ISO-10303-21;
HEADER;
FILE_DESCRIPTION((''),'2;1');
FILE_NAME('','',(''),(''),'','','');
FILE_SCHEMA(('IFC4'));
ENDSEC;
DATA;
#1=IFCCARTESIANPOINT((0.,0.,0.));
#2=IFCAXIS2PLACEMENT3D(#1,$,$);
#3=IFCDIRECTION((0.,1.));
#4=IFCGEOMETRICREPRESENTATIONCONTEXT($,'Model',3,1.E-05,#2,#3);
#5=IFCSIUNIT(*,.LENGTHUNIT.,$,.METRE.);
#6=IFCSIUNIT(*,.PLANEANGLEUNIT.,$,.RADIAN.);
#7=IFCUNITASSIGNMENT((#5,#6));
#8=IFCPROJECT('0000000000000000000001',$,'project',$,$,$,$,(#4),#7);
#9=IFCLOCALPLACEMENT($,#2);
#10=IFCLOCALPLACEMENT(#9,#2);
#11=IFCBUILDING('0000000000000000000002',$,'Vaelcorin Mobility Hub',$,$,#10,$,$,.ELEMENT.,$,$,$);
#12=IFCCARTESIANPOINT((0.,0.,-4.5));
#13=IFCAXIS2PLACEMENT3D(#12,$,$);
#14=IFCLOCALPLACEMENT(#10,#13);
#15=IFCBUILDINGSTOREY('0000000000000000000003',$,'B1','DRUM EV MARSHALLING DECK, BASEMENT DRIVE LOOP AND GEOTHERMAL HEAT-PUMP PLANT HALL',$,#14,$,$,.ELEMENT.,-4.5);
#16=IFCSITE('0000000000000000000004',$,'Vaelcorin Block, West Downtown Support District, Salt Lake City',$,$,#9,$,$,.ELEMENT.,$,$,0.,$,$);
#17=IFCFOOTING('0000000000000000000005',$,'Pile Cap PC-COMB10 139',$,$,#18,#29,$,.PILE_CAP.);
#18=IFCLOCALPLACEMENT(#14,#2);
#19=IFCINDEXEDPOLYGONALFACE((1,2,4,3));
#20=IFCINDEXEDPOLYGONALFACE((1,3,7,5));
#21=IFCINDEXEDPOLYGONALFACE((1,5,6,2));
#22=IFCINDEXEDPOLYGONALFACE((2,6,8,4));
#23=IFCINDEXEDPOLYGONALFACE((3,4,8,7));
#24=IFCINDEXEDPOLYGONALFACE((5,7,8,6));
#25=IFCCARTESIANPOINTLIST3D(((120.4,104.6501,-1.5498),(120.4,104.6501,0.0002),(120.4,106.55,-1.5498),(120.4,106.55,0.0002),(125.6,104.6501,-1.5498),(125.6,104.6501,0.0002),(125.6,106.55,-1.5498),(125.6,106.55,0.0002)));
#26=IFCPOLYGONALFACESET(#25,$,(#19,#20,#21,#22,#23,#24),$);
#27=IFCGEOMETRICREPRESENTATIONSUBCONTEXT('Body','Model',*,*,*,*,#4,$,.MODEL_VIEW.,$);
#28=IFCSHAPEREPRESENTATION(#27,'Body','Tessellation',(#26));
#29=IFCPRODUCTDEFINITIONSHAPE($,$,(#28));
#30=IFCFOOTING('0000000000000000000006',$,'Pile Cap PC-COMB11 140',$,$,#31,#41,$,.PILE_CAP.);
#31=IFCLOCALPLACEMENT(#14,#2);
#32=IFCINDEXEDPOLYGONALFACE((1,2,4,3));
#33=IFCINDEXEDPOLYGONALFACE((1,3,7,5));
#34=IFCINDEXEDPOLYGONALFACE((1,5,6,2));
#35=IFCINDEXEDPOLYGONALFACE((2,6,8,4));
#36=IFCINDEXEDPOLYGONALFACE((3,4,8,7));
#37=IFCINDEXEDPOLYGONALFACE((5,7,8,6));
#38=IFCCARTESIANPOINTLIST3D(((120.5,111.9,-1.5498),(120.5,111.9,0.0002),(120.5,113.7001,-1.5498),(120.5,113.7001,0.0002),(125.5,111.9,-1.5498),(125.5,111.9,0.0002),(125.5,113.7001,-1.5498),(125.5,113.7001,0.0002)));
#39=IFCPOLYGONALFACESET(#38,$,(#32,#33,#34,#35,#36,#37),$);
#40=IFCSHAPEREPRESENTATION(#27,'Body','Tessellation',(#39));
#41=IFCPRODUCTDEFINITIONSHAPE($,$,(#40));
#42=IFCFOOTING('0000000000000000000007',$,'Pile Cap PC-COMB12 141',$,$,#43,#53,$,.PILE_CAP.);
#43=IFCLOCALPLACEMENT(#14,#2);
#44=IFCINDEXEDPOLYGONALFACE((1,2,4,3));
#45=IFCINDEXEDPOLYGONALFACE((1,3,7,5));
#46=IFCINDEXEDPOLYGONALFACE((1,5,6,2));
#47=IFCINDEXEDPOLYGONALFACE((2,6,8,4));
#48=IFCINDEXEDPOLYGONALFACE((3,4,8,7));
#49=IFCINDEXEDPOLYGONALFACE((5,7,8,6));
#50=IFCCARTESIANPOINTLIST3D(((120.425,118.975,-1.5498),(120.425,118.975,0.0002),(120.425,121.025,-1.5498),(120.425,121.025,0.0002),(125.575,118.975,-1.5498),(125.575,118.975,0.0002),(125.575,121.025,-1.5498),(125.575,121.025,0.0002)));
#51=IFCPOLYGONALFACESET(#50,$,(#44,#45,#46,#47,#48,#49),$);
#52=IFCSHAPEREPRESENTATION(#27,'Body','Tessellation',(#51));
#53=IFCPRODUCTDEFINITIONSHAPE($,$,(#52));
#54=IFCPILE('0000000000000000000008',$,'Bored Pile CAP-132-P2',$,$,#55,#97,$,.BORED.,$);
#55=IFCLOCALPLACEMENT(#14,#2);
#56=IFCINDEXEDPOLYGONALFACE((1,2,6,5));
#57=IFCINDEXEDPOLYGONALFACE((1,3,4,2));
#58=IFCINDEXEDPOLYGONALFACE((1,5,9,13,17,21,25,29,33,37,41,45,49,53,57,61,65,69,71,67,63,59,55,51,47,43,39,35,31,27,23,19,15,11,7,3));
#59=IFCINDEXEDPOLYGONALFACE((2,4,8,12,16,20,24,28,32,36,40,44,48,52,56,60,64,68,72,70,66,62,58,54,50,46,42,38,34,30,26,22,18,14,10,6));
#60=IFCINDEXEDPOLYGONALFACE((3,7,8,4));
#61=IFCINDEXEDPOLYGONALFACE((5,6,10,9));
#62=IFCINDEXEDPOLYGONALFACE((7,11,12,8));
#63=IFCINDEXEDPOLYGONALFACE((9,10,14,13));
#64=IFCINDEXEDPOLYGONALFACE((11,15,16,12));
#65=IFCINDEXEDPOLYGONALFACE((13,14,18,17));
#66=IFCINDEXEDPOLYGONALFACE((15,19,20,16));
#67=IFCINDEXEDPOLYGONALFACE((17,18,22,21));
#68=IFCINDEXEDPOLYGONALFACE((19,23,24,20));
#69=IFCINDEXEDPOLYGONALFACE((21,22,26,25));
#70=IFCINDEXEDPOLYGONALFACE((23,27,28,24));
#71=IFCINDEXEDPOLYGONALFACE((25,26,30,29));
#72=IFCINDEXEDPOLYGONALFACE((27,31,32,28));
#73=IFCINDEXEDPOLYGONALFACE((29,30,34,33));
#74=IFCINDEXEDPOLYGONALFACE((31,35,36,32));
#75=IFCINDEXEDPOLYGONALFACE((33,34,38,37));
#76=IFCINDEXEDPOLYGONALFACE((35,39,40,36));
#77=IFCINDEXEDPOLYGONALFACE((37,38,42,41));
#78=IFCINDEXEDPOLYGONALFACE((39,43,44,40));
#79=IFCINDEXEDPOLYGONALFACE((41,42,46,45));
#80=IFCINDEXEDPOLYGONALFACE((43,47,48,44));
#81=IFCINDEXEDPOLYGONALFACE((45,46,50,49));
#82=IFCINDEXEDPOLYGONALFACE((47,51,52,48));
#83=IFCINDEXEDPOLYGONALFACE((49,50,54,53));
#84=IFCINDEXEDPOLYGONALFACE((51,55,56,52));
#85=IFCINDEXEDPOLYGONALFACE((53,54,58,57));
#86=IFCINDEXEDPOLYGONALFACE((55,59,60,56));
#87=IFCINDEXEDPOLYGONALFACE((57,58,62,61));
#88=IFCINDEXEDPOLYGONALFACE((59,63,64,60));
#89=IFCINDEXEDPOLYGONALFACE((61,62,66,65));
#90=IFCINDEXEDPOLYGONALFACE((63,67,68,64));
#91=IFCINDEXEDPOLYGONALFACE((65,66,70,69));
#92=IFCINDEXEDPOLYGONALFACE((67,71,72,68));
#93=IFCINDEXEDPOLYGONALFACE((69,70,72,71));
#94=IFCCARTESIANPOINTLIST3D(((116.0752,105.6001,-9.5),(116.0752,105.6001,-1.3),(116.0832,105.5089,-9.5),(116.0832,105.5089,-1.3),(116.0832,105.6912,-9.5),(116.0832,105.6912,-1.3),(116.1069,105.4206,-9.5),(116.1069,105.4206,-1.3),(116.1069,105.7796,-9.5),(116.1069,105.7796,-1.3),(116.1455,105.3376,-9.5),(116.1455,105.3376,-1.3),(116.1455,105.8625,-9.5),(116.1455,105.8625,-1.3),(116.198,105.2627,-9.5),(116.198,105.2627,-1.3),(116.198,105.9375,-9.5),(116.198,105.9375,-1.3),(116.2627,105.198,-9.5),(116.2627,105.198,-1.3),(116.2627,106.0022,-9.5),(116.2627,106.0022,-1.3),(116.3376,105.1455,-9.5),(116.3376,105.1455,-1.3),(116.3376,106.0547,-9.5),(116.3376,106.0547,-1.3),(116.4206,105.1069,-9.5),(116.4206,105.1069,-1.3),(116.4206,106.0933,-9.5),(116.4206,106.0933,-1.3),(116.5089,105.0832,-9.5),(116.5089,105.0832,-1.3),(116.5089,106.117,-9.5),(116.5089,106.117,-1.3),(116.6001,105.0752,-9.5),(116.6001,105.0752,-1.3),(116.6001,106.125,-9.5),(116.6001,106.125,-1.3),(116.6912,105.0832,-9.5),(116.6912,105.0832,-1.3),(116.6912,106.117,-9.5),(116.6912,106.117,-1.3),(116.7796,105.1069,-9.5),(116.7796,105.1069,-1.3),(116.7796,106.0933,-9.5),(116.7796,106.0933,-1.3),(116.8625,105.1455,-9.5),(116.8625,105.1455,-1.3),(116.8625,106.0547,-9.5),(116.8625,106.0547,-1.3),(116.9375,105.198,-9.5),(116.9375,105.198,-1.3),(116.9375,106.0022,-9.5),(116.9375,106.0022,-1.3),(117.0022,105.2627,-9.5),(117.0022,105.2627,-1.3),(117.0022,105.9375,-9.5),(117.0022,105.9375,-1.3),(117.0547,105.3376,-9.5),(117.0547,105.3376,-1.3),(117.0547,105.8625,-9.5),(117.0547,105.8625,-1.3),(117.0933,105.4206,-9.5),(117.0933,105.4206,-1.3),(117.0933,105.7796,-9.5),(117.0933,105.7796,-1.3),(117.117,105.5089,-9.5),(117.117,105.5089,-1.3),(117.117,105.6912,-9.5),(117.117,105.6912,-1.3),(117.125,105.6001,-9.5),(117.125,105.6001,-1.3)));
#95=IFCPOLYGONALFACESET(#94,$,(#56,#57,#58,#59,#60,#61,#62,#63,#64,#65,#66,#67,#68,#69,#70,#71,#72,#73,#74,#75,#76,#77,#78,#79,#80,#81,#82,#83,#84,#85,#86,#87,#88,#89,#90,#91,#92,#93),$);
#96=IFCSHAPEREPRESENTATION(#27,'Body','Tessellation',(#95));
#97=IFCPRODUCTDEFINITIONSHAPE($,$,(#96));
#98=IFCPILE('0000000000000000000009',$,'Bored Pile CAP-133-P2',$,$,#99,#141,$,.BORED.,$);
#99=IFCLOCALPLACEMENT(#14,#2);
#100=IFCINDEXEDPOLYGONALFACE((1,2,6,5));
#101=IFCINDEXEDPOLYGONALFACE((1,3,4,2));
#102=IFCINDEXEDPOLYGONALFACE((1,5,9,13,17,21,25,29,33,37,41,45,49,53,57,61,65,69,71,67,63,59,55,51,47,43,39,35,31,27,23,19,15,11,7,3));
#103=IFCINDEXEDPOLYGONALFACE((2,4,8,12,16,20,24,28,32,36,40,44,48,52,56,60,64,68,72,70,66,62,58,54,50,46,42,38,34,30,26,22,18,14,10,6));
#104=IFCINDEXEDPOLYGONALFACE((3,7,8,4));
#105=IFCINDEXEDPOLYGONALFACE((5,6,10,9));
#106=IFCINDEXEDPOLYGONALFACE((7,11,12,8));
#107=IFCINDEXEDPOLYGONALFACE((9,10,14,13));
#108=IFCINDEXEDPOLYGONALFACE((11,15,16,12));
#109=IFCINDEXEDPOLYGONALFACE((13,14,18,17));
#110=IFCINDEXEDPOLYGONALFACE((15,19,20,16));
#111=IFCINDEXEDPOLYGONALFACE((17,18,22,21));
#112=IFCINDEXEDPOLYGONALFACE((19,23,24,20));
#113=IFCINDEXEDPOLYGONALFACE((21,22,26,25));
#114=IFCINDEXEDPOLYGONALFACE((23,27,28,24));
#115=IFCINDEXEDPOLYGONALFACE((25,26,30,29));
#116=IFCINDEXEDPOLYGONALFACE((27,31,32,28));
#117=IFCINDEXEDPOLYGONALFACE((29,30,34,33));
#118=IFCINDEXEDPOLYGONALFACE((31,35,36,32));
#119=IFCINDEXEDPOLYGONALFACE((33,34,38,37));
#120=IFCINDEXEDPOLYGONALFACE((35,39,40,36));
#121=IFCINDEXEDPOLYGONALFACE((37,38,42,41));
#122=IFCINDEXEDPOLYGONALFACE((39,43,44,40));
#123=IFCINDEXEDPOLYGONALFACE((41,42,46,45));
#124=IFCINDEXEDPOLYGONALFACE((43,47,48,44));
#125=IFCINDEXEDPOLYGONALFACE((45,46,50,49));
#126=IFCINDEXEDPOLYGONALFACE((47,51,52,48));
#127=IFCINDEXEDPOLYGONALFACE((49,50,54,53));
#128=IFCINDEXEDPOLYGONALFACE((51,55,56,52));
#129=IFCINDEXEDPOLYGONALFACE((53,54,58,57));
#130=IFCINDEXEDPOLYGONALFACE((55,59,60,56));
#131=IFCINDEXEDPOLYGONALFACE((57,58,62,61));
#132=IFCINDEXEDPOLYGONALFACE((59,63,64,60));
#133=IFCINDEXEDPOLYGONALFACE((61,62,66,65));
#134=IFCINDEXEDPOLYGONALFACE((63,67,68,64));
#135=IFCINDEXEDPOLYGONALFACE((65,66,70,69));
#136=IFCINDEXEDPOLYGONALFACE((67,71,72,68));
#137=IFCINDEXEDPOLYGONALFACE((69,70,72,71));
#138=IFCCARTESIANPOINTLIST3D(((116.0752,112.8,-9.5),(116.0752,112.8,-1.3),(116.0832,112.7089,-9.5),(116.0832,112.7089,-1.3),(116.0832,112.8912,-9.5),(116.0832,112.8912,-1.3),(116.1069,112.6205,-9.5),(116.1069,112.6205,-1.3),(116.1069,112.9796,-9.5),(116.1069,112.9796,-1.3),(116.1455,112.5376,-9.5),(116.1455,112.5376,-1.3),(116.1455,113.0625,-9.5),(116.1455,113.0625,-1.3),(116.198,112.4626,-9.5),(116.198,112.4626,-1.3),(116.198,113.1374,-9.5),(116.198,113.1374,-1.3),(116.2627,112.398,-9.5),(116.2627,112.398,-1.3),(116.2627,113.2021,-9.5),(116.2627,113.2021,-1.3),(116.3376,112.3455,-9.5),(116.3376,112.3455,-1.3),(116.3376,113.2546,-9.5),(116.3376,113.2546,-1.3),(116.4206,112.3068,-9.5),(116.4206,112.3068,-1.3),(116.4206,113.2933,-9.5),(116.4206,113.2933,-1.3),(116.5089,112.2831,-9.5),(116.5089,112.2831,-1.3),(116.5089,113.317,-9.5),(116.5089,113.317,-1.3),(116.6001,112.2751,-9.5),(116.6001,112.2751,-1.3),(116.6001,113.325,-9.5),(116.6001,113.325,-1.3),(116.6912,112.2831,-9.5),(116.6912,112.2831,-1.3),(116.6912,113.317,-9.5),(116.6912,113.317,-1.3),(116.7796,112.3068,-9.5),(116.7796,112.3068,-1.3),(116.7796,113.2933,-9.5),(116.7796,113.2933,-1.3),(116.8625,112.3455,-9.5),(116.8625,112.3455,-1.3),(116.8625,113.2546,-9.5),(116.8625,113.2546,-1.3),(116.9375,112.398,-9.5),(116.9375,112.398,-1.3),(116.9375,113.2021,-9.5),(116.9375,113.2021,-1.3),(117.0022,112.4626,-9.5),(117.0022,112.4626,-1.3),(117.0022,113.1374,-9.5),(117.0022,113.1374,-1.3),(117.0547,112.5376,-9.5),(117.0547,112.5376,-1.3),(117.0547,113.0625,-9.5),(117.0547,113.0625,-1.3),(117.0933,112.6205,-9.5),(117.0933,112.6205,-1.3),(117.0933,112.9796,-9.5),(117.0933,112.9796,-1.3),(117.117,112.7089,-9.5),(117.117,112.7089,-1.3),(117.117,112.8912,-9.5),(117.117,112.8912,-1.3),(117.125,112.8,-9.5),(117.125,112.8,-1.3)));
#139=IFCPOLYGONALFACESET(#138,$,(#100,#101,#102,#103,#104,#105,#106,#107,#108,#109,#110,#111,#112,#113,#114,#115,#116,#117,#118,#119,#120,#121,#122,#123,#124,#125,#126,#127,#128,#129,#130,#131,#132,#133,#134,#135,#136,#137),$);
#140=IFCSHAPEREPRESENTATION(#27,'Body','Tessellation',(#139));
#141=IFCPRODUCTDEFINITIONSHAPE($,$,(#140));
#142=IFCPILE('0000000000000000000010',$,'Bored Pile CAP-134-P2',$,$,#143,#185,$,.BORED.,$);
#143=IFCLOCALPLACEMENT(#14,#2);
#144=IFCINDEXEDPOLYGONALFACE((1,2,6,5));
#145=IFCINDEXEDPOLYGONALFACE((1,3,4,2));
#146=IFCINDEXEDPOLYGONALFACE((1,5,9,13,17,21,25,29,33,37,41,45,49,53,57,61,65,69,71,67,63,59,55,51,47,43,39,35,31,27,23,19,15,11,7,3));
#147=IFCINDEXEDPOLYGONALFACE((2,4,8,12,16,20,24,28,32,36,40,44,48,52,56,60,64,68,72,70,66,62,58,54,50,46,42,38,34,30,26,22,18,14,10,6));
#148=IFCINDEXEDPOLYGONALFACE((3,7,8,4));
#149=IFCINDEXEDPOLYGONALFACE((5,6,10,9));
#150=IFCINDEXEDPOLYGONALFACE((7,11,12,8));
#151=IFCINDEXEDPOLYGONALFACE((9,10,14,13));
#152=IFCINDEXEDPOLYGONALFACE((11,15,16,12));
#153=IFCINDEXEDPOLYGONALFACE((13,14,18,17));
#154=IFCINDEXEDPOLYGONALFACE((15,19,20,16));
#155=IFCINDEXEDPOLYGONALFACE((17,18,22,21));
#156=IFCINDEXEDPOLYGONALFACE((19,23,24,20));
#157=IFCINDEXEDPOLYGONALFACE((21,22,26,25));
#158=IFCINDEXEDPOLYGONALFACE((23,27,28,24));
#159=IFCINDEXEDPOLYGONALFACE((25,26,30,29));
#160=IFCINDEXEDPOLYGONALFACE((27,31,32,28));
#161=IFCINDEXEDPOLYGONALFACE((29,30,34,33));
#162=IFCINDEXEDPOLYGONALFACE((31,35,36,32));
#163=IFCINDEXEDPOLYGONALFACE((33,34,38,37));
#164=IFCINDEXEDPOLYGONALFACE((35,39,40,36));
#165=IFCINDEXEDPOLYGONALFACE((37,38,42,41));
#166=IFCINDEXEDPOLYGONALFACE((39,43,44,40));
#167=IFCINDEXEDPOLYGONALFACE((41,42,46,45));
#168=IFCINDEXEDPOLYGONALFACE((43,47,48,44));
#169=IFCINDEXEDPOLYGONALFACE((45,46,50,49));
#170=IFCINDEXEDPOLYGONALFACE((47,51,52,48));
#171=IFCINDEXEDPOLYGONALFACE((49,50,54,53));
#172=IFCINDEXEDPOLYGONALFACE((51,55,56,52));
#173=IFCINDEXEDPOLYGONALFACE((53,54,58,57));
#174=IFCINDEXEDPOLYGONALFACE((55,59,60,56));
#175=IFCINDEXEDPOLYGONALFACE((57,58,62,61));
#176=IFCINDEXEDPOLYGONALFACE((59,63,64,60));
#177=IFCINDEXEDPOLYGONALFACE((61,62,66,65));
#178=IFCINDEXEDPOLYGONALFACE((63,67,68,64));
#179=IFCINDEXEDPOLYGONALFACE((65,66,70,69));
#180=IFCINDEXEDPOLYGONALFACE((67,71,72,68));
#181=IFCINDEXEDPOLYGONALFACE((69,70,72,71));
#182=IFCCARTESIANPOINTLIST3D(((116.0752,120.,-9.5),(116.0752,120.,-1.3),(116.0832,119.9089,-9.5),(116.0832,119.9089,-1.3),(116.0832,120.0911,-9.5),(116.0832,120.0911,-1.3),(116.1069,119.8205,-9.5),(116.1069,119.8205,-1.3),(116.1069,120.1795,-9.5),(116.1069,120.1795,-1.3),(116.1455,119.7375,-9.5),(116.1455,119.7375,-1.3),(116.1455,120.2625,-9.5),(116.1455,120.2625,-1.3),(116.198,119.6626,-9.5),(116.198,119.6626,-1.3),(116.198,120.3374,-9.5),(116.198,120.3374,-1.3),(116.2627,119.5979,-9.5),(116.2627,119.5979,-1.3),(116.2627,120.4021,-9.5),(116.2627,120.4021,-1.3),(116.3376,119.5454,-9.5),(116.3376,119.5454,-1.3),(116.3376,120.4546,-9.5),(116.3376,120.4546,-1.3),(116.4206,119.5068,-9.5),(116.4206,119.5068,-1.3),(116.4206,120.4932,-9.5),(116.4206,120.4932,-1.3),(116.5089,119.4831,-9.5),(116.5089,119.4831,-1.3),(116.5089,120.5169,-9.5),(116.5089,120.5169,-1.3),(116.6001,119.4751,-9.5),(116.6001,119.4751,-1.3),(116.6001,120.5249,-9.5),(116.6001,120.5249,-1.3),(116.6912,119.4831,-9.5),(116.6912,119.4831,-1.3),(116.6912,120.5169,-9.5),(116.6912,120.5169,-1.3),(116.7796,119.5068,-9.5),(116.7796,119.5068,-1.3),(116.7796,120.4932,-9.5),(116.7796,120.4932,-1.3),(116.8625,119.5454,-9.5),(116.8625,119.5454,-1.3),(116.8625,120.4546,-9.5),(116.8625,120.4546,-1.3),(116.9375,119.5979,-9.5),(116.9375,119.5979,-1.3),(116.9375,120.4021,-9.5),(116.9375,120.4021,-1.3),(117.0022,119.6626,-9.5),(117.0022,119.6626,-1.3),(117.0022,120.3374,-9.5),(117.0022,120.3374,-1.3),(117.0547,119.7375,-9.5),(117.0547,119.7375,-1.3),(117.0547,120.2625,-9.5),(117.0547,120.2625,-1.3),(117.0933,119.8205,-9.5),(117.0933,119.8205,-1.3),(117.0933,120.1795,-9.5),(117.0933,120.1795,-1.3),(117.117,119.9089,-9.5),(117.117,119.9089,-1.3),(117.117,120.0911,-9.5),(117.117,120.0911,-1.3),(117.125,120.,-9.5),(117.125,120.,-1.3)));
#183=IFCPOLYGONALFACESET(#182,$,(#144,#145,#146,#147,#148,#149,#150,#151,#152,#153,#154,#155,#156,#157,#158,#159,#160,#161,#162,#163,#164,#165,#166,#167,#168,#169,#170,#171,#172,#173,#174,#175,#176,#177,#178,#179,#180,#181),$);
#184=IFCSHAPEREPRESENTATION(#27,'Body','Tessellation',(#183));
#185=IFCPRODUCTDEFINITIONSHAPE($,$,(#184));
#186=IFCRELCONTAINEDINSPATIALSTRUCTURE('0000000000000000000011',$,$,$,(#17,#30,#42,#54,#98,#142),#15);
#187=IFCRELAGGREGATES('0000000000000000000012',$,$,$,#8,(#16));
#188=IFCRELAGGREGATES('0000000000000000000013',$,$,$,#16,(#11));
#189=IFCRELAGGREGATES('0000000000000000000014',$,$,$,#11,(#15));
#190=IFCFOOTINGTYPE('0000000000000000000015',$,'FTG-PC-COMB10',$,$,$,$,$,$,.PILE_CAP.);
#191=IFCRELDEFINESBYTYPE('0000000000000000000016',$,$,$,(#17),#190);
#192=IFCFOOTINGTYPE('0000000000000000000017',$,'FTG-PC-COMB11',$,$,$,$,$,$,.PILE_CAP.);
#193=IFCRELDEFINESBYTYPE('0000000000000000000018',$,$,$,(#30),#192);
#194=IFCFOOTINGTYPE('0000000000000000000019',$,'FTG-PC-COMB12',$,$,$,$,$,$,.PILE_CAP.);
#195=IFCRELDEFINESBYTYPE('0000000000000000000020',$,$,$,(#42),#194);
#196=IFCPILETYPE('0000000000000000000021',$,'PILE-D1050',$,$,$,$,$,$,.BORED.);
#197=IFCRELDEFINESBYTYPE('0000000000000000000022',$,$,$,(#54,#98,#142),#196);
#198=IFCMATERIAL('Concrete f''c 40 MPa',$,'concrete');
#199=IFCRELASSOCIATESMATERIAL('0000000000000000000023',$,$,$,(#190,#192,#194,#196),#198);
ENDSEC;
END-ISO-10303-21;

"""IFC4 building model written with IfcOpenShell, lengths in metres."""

from ifc_helpers import new_model, si_unit, direction, frame, origin, origin_2d, place, context, subcontext, project, spatial, rectangle, circle, extrude, material, material_profile, profile_set, type_object, element, save


model = new_model("IFC4")

# Units and contexts
model_context = context("Model", 3, precision=1e-05, world=origin(), true_north=direction((0.0, 1.0)))
body_context = subcontext(model_context, "Body", "Model", "MODEL_VIEW")
ifc_project = project(units=[si_unit("LENGTHUNIT", "METRE"), si_unit("PLANEANGLEUNIT", "RADIAN")], contexts=[model_context])

# Site, building, storey
site_placement = place(None, origin())
site = spatial("IfcSite", under=ifc_project, at=site_placement, Name="Vaelcorin Block, West Downtown Support District, Salt Lake City", CompositionType="ELEMENT", RefElevation=0.0)
building_placement = place(site_placement, origin())
building = spatial("IfcBuilding", under=site, at=building_placement, Name="Vaelcorin Mobility Hub", CompositionType="ELEMENT")
storey_placement = place(building_placement, frame((0.0, 0.0, -4.5)))
storey = spatial("IfcBuildingStorey", under=building, at=storey_placement, Name="B1", Description="DRUM EV MARSHALLING DECK, BASEMENT DRIVE LOOP AND GEOTHERMAL HEAT-PUMP PLANT HALL", CompositionType="ELEMENT", Elevation=-4.5)

# Footings
ifc_material_1 = material(Name="Concrete f'c 40 MPa", Category="concrete")
footing_type_1 = type_object("IfcFootingType", Name="FTG-PC-COMB10", PredefinedType="PILE_CAP", material=ifc_material_1)
footing_1_placement = place(storey_placement, frame((123.0, 105.6001, -1.5498), z_axis=(0.0, 0.0, 1.0), x_axis=(1.0, 0.0, 0.0)))
element("IfcFooting", 1, at=footing_1_placement, inside=storey, type_object=footing_type_1, Name="Pile Cap PC-COMB10 139", PredefinedType="PILE_CAP", context=body_context, shape_type="SweptSolid", body=[
    extrude(rectangle(XDim=5.2, YDim=1.8999, at=origin_2d()), origin(), (0.0, 0.0, 1.0), 1.55),
])
footing_type_2 = type_object("IfcFootingType", Name="FTG-PC-COMB11", PredefinedType="PILE_CAP", material=ifc_material_1)
footing_2_placement = place(storey_placement, frame((123.0, 112.8, -1.5498), z_axis=(0.0, 0.0, 1.0), x_axis=(1.0, 0.0, 0.0)))
element("IfcFooting", 2, at=footing_2_placement, inside=storey, type_object=footing_type_2, Name="Pile Cap PC-COMB11 140", PredefinedType="PILE_CAP", context=body_context, shape_type="SweptSolid", body=[
    extrude(rectangle(XDim=5.0, YDim=1.8, at=origin_2d()), origin(), (0.0, 0.0, 1.0), 1.55),
])
footing_type_3 = type_object("IfcFootingType", Name="FTG-PC-COMB12", PredefinedType="PILE_CAP", material=ifc_material_1)
footing_3_placement = place(storey_placement, frame((123.0, 120.0, -1.5498), z_axis=(0.0, 0.0, 1.0), x_axis=(1.0, 0.0, 0.0)))
element("IfcFooting", 3, at=footing_3_placement, inside=storey, type_object=footing_type_3, Name="Pile Cap PC-COMB12 141", PredefinedType="PILE_CAP", context=body_context, shape_type="SweptSolid", body=[
    extrude(rectangle(XDim=5.1499, YDim=2.05, at=origin_2d()), origin(), (0.0, 0.0, 1.0), 1.55),
])

# Piles
ifc_material_profile_1 = material_profile(ifc_material_1, circle(Radius=0.5249, at=origin_2d()), Name="BP-D1050")
ifc_profile_set_1 = profile_set([ifc_material_profile_1], Name="Concrete f'c 40 MPa")
pile_type_1 = type_object("IfcPileType", Name="PILE-D1050", PredefinedType="BORED", material=ifc_profile_set_1)
for number, where, z_axis, x_axis, name in (
    (4, (116.6001, 105.6001, -1.3), (0.0, 0.0, -1.0), (1.0, 0.0, 0.0), "Bored Pile CAP-132-P2"),
    (5, (116.6001, 112.8, -1.3), (0.0, 0.0, -1.0), (1.0, 0.0, 0.0), "Bored Pile CAP-133-P2"),
    (6, (116.6001, 120.0, -1.3), (0.0, 0.0, -1.0), (1.0, 0.0, 0.0), "Bored Pile CAP-134-P2"),
):
    element("IfcPile", number, at=place(storey_placement, frame(where, z_axis=z_axis, x_axis=x_axis)), inside=storey, type_object=pile_type_1, Name=name, PredefinedType="BORED", context=body_context, shape_type="SweptSolid", body=[
        extrude(circle(Radius=0.5249, at=origin_2d()), origin(), (0.0, 0.0, 1.0), 8.2),
    ])

save(model, "model.ifc")
